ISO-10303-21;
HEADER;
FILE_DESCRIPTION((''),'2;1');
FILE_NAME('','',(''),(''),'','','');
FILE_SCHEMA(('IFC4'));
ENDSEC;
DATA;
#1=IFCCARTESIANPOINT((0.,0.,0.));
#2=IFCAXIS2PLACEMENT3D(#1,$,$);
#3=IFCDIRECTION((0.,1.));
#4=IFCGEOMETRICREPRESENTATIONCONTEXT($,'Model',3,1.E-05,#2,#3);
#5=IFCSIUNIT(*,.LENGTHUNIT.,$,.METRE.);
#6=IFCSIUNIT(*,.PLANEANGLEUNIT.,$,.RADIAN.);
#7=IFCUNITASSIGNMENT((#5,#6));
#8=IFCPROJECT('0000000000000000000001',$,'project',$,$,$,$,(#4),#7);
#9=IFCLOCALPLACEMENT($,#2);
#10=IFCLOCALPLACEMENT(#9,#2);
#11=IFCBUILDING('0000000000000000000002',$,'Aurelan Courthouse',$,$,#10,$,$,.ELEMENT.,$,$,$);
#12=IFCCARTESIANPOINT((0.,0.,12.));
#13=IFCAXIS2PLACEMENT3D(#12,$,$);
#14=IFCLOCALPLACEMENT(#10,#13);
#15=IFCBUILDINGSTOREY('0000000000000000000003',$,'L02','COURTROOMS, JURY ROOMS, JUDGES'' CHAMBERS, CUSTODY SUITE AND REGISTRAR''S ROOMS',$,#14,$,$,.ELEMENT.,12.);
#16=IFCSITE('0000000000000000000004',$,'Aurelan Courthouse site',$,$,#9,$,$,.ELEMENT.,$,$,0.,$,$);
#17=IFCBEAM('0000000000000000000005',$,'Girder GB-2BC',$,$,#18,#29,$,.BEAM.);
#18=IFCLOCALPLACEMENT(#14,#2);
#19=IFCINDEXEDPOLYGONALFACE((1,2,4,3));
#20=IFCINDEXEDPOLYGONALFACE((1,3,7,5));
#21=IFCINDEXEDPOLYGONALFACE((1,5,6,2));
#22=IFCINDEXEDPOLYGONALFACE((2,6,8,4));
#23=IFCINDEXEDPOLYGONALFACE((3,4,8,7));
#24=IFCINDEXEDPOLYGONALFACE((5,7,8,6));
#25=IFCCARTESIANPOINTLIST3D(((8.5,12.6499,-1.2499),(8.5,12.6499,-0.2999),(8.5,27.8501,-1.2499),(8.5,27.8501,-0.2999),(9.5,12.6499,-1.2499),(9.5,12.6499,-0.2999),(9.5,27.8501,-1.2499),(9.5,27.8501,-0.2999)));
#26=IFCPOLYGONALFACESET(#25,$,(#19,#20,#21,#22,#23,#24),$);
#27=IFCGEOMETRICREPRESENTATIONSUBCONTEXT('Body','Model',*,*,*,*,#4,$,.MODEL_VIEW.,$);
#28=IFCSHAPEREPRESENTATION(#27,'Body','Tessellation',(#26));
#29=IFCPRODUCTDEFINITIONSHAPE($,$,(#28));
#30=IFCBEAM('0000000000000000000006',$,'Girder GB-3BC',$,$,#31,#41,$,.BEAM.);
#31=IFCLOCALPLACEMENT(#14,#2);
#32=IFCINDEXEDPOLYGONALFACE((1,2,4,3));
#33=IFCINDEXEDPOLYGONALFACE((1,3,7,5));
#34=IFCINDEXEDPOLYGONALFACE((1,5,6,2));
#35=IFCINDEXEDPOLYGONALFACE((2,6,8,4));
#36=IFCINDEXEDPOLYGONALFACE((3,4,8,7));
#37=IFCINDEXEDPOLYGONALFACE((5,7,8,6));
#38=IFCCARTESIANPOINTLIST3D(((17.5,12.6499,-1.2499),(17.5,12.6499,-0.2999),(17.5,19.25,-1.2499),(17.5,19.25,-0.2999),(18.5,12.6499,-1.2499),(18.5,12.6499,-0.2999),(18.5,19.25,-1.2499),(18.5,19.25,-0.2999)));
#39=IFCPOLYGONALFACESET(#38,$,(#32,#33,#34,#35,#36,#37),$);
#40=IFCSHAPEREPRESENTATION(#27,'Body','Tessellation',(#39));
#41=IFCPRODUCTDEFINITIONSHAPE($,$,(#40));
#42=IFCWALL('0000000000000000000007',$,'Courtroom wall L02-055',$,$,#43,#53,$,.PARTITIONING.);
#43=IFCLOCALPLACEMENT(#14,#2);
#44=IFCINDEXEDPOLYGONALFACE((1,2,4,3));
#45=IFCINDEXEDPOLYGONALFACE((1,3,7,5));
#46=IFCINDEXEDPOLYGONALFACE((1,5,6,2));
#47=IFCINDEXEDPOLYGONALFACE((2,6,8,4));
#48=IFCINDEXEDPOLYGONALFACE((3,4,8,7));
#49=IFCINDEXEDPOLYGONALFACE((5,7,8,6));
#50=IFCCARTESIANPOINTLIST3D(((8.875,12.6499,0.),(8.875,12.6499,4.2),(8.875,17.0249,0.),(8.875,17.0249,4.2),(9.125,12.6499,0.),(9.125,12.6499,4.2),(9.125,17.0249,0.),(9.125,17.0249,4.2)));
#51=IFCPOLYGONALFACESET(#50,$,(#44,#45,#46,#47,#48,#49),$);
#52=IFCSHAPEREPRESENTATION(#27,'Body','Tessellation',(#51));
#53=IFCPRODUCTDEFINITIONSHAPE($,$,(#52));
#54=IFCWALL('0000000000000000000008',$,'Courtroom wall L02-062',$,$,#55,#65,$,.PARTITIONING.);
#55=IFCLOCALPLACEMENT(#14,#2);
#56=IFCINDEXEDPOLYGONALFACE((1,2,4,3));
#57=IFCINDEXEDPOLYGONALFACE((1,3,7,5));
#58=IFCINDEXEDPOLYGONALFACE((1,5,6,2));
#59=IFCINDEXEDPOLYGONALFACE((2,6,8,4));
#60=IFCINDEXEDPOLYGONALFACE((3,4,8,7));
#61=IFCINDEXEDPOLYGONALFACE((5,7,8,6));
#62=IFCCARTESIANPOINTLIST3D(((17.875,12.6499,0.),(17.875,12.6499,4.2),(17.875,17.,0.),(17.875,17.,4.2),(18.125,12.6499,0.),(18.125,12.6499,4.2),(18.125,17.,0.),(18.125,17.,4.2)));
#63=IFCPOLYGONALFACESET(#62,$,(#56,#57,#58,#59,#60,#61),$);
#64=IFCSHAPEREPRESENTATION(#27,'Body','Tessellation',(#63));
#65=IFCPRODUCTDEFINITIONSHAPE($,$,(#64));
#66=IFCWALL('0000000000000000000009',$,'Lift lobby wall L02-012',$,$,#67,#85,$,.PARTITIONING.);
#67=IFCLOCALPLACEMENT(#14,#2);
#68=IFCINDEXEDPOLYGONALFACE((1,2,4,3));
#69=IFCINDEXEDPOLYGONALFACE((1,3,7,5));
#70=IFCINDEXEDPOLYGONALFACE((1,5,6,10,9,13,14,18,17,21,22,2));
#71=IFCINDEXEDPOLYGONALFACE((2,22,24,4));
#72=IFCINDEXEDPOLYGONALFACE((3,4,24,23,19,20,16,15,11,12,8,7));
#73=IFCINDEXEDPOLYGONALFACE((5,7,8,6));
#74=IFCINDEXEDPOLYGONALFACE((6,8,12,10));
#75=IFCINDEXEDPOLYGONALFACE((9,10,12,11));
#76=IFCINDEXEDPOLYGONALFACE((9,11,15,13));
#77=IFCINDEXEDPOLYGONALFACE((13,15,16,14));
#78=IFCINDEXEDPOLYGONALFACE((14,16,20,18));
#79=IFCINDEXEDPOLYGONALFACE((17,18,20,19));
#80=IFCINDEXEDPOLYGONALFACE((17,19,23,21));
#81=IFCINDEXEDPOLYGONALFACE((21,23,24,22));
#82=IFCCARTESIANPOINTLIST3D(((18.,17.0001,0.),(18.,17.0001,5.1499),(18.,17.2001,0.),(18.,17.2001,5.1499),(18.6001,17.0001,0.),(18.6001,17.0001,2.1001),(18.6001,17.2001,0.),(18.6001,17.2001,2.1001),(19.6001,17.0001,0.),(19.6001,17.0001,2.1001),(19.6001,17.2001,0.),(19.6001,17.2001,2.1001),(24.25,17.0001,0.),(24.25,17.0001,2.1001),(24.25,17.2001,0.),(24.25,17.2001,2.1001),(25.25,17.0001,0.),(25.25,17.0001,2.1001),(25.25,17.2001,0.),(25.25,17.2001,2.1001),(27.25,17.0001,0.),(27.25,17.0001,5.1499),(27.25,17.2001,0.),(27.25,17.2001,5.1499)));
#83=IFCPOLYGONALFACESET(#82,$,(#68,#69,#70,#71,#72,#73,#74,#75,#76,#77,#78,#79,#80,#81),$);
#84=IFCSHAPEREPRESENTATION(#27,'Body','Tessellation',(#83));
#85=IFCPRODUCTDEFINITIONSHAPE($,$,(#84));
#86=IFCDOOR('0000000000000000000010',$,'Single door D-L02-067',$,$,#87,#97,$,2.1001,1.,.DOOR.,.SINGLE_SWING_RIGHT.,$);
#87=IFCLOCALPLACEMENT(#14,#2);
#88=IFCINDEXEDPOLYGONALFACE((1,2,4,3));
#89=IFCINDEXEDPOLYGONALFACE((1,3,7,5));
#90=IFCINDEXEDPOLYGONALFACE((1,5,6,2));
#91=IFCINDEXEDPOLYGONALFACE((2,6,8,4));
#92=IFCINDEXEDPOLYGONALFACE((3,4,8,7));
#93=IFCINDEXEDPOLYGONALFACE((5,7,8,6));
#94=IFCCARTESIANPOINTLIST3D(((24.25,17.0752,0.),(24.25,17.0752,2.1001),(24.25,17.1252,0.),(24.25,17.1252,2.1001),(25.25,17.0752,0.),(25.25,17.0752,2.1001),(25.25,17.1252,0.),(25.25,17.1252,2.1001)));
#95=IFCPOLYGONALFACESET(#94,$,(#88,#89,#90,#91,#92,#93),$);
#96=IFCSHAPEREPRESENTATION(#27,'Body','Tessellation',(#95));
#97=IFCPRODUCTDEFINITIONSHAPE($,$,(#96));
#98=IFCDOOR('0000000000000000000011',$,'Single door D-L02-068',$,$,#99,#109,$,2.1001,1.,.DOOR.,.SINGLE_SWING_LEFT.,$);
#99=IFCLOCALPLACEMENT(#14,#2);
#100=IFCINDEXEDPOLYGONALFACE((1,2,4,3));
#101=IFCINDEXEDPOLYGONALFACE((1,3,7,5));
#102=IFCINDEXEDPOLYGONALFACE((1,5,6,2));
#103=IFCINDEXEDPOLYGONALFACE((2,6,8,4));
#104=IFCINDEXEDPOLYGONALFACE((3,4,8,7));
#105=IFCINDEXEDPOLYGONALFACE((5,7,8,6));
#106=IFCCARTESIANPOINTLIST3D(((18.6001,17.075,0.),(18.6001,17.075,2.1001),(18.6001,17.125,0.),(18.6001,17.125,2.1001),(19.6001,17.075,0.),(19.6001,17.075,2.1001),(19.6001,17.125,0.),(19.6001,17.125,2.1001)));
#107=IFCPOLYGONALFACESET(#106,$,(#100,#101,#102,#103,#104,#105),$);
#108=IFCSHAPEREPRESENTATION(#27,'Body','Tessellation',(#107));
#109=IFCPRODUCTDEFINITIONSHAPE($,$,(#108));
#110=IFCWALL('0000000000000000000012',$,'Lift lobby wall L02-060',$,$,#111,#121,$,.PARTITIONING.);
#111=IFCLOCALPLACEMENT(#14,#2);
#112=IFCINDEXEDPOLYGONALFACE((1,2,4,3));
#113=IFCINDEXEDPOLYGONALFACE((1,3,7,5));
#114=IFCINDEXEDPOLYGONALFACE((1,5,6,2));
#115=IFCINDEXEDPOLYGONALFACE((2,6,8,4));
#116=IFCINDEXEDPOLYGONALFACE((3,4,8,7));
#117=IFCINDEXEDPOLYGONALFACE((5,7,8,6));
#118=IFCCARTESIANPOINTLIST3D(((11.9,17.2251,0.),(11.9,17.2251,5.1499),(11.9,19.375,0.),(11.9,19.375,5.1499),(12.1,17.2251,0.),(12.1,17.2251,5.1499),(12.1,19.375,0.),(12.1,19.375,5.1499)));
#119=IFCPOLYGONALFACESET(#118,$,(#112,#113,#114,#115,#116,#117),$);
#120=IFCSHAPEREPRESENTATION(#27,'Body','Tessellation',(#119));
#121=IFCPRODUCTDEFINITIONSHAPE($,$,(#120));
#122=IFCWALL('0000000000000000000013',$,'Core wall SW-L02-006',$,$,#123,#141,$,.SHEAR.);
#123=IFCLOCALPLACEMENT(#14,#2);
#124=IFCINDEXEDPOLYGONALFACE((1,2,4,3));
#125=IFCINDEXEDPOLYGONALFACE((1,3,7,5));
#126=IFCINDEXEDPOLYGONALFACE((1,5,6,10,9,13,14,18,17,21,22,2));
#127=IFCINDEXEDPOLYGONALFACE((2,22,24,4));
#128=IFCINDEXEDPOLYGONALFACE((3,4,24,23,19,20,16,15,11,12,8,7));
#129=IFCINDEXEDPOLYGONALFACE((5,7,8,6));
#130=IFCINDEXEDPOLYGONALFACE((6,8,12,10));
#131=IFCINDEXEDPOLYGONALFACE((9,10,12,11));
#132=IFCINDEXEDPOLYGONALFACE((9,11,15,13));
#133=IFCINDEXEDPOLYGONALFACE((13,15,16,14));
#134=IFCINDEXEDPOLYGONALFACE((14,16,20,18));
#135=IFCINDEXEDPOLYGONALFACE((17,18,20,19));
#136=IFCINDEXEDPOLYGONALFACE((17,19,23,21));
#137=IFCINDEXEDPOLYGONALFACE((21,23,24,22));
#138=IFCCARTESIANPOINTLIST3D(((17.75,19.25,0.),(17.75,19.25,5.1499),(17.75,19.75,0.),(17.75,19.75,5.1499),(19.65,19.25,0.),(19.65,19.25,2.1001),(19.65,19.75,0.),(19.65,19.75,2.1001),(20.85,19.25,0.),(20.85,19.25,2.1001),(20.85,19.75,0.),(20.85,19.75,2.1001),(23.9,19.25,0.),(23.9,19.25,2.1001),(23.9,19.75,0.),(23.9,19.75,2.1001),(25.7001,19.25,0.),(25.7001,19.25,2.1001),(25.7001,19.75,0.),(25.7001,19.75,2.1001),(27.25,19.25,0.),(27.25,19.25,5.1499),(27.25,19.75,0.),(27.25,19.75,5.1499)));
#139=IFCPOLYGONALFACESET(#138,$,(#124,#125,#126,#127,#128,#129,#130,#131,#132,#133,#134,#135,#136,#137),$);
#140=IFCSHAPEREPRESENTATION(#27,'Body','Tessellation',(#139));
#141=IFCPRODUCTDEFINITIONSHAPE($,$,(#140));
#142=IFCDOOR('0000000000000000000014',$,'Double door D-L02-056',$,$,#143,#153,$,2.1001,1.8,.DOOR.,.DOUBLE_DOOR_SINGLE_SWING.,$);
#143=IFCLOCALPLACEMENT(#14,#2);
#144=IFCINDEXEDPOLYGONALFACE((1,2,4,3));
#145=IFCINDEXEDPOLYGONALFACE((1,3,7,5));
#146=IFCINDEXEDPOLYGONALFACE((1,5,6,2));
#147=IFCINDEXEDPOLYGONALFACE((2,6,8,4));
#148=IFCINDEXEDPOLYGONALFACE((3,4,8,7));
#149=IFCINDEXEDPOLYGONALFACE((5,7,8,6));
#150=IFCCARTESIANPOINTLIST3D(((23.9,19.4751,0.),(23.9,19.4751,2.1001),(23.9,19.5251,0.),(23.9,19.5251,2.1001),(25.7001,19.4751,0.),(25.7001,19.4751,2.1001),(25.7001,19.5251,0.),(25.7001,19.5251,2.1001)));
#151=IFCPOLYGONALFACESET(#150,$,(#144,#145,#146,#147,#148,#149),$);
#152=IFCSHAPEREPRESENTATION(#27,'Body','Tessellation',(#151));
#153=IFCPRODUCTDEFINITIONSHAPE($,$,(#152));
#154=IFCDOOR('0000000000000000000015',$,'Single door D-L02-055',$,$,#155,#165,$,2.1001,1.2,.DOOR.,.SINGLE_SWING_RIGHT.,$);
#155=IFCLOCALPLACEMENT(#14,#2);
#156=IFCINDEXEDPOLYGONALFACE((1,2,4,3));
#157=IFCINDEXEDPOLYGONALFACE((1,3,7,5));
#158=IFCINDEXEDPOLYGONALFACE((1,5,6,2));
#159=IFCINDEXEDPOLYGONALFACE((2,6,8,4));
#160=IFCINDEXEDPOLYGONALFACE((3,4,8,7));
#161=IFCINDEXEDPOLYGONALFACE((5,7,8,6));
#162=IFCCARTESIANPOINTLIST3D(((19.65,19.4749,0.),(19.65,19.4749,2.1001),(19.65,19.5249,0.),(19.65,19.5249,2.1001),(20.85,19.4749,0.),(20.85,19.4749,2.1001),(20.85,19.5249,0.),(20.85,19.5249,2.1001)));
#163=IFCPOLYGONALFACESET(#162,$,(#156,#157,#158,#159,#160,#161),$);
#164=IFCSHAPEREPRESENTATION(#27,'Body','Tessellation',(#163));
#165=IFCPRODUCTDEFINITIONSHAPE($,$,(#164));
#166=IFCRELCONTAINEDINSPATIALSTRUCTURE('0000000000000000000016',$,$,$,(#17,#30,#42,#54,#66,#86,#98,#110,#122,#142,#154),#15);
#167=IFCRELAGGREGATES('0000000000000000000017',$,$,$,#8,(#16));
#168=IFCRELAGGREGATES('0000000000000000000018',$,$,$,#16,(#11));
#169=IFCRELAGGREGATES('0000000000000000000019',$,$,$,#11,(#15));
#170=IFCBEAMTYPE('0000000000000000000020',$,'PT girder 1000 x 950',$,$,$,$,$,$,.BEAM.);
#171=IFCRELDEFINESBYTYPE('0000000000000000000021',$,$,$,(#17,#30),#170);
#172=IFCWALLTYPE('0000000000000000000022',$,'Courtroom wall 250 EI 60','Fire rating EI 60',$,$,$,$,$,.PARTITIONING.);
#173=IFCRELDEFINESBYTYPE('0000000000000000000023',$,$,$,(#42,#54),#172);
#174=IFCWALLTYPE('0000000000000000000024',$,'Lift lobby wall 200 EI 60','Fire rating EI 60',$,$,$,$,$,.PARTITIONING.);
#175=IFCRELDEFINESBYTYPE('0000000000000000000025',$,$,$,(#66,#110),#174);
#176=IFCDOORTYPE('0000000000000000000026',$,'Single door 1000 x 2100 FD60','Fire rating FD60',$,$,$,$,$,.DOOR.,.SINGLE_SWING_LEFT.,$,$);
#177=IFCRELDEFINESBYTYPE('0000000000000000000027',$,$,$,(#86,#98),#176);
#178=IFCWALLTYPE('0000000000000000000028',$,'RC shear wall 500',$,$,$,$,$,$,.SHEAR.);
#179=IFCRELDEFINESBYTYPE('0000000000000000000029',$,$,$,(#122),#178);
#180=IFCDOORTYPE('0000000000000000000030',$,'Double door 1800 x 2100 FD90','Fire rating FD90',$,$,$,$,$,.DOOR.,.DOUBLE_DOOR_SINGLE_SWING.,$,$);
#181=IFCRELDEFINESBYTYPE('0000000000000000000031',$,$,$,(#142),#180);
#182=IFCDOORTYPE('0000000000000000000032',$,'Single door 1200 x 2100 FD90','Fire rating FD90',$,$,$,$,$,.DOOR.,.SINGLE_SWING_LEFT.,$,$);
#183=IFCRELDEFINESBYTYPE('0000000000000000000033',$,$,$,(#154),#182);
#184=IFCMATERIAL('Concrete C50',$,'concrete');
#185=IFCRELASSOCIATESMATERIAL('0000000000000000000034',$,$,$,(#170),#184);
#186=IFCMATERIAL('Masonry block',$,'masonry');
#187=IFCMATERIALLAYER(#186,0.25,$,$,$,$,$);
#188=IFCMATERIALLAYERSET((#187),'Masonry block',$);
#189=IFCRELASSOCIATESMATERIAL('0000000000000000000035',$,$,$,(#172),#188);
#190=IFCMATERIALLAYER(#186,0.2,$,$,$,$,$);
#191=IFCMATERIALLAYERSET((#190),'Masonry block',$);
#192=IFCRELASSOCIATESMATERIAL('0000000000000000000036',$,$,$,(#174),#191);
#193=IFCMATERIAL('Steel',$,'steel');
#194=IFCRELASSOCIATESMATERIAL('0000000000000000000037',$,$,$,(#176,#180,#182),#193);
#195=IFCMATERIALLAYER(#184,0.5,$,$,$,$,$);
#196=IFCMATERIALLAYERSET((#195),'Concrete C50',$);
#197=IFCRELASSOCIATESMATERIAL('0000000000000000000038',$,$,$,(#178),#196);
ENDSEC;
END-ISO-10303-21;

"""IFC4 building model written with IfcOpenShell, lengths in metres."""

from ifc_helpers import new_model, si_unit, direction, frame, frame_2d, origin, origin_2d, place, context, subcontext, project, spatial, rectangle, extrude, material, layer, layer_set, material_profile, profile_set, type_object, element, fill, save


model = new_model("IFC4")

# Units and contexts
model_context = context("Model", 3, precision=1e-05, world=origin(), true_north=direction((0.0, 1.0)))
body_context = subcontext(model_context, "Body", "Model", "MODEL_VIEW")
ifc_project = project(units=[si_unit("LENGTHUNIT", "METRE"), si_unit("PLANEANGLEUNIT", "RADIAN")], contexts=[model_context])

# Site, building, storey
site_placement = place(None, origin())
site = spatial("IfcSite", under=ifc_project, at=site_placement, Name="Aurelan Courthouse site", CompositionType="ELEMENT", RefElevation=0.0)
building_placement = place(site_placement, origin())
building = spatial("IfcBuilding", under=site, at=building_placement, Name="Aurelan Courthouse", CompositionType="ELEMENT")
storey_placement = place(building_placement, frame((0.0, 0.0, 12.0)))
storey = spatial("IfcBuildingStorey", under=building, at=storey_placement, Name="L02", Description="COURTROOMS, JURY ROOMS, JUDGES' CHAMBERS, CUSTODY SUITE AND REGISTRAR'S ROOMS", CompositionType="ELEMENT", Elevation=12.0)

# Beams
ifc_material_1 = material(Name="Concrete C50", Category="concrete")
ifc_material_profile = material_profile(ifc_material_1, rectangle(XDim=1.0, YDim=0.95, at=origin_2d()), Name="RC 1000 x 950")
ifc_profile_set = profile_set([ifc_material_profile], Name="Concrete C50")
beam_type = type_object("IfcBeamType", Name="PT girder 1000 x 950", PredefinedType="BEAM", material=ifc_profile_set)
beam_1_placement = place(storey_placement, frame((9.0, 12.6499, -0.7749), z_axis=(0.0, 1.0, 0.0), x_axis=(-1.0, 0.0, 0.0)))
element("IfcBeam", 1, at=beam_1_placement, inside=storey, type_object=beam_type, Name="Girder GB-2BC", PredefinedType="BEAM", context=body_context, shape_type="SweptSolid", body=[
    extrude(rectangle(XDim=1.0, YDim=0.95, at=origin_2d()), origin(), (0.0, 0.0, 1.0), 15.2002),
])
beam_2_placement = place(storey_placement, frame((18.0, 12.6499, -0.7749), z_axis=(0.0, 1.0, 0.0), x_axis=(-1.0, 0.0, 0.0)))
element("IfcBeam", 2, at=beam_2_placement, inside=storey, type_object=beam_type, Name="Girder GB-3BC", PredefinedType="BEAM", context=body_context, shape_type="SweptSolid", body=[
    extrude(rectangle(XDim=1.0, YDim=0.95, at=origin_2d()), origin(), (0.0, 0.0, 1.0), 6.6001),
])

# Shared definitions
ifc_material_2 = material(Name="Masonry block", Category="masonry")
ifc_layer_1 = layer(ifc_material_2, 0.25)
ifc_layer_set_1 = layer_set([ifc_layer_1], Name="Masonry block")
wall_type_1 = type_object("IfcWallType", Name="Courtroom wall 250 EI 60", Description="Fire rating EI 60", PredefinedType="PARTITIONING", material=ifc_layer_set_1)
ifc_material_3 = material(Name="Steel", Category="steel")

# Walls
wall_1_placement = place(storey_placement, frame((9.0, 12.6499, 0.0), z_axis=(0.0, 0.0, 1.0), x_axis=(0.0, 1.0, 0.0)))
element("IfcWall", 3, at=wall_1_placement, inside=storey, type_object=wall_type_1, Name="Courtroom wall L02-055", PredefinedType="PARTITIONING", context=body_context, shape_type="SweptSolid", body=[
    extrude(rectangle(XDim=4.375, YDim=0.25, at=frame_2d((2.1875, 0.0))), origin(), (0.0, 0.0, 1.0), 4.2),
])
wall_2_placement = place(storey_placement, frame((18.0, 12.6499, 0.0), z_axis=(0.0, 0.0, 1.0), x_axis=(0.0, 1.0, 0.0)))
element("IfcWall", 4, at=wall_2_placement, inside=storey, type_object=wall_type_1, Name="Courtroom wall L02-062", PredefinedType="PARTITIONING", context=body_context, shape_type="SweptSolid", body=[
    extrude(rectangle(XDim=4.3501, YDim=0.25, at=frame_2d((2.175, 0.0))), origin(), (0.0, 0.0, 1.0), 4.2),
])

# Wall, openings, doors
ifc_layer_2 = layer(ifc_material_2, 0.2)
ifc_layer_set_2 = layer_set([ifc_layer_2], Name="Masonry block")
wall_type_2 = type_object("IfcWallType", Name="Lift lobby wall 200 EI 60", Description="Fire rating EI 60", PredefinedType="PARTITIONING", material=ifc_layer_set_2)
wall_3_placement = place(storey_placement, frame((18.0, 17.1001, 0.0), z_axis=(0.0, 0.0, 1.0), x_axis=(1.0, 0.0, 0.0)))
wall_3 = element("IfcWall", 5, at=wall_3_placement, inside=storey, type_object=wall_type_2, Name="Lift lobby wall L02-012", PredefinedType="PARTITIONING", context=body_context, shape_type="SweptSolid", body=[
    extrude(rectangle(XDim=9.25, YDim=0.2, at=frame_2d((4.625, 0.0))), origin(), (0.0, 0.0, 1.0), 5.1499),
])
opening_1_placement = place(wall_3_placement, frame((7.25, 0.0, 0.0), z_axis=(0.0, 0.0, 1.0), x_axis=(-1.0, 0.0, 0.0)))
opening_1 = element("IfcOpeningElement", 6, at=opening_1_placement, cuts=wall_3, PredefinedType="OPENING", context=body_context, shape_type="SweptSolid", body=[
    extrude(rectangle(XDim=1.0, YDim=2.1001, at=frame_2d((0.5, 1.05))), frame((0.0, 0.1099, 0.0), z_axis=(0.0, -1.0, 0.0), x_axis=(1.0, 0.0, 0.0)), (0.0, 0.0, 1.0), 0.22),
])
opening_2_placement = place(wall_3_placement, frame((0.6001, 0.0, 0.0)))
opening_2 = element("IfcOpeningElement", 7, at=opening_2_placement, cuts=wall_3, PredefinedType="OPENING", context=body_context, shape_type="SweptSolid", body=[
    extrude(rectangle(XDim=1.0, YDim=2.1001, at=frame_2d((0.5, 1.05))), frame((0.0, 0.1099, 0.0), z_axis=(0.0, -1.0, 0.0), x_axis=(1.0, 0.0, 0.0)), (0.0, 0.0, 1.0), 0.22),
])
door_type_1 = type_object("IfcDoorType", Name="Single door 1000 x 2100 FD60", Description="Fire rating FD60", OperationType="SINGLE_SWING_LEFT", PredefinedType="DOOR", material=ifc_material_3)
door_1_placement = place(opening_1_placement, origin())
door_1 = element("IfcDoor", 8, at=door_1_placement, inside=storey, type_object=door_type_1, Name="Single door D-L02-067", OperationType="SINGLE_SWING_RIGHT", OverallHeight=2.1001, OverallWidth=1.0, PredefinedType="DOOR", context=body_context, shape_type="SweptSolid", body=[
    extrude(rectangle(XDim=1.0, YDim=2.1001, at=frame_2d((0.5, 1.05))), frame((0.0, 0.0249, 0.0), z_axis=(0.0, -1.0, 0.0), x_axis=(1.0, 0.0, 0.0)), (0.0, 0.0, 1.0), 0.05),
])
fill(opening_1, door_1)
door_2_placement = place(opening_2_placement, origin())
door_2 = element("IfcDoor", 9, at=door_2_placement, inside=storey, type_object=door_type_1, Name="Single door D-L02-068", OperationType="SINGLE_SWING_LEFT", OverallHeight=2.1001, OverallWidth=1.0, PredefinedType="DOOR", context=body_context, shape_type="SweptSolid", body=[
    extrude(rectangle(XDim=1.0, YDim=2.1001, at=frame_2d((0.5, 1.05))), frame((0.0, 0.0249, 0.0), z_axis=(0.0, -1.0, 0.0), x_axis=(1.0, 0.0, 0.0)), (0.0, 0.0, 1.0), 0.05),
])
fill(opening_2, door_2)

# Wall
wall_4_placement = place(storey_placement, frame((12.0, 17.2251, 0.0), z_axis=(0.0, 0.0, 1.0), x_axis=(0.0, 1.0, 0.0)))
element("IfcWall", 10, at=wall_4_placement, inside=storey, type_object=wall_type_2, Name="Lift lobby wall L02-060", PredefinedType="PARTITIONING", context=body_context, shape_type="SweptSolid", body=[
    extrude(rectangle(XDim=2.1499, YDim=0.2, at=frame_2d((1.075, 0.0))), origin(), (0.0, 0.0, 1.0), 5.1499),
])

# Wall, openings, doors
ifc_layer_3 = layer(ifc_material_1, 0.5)
ifc_layer_set_3 = layer_set([ifc_layer_3], Name="Concrete C50")
wall_type_3 = type_object("IfcWallType", Name="RC shear wall 500", PredefinedType="SHEAR", material=ifc_layer_set_3)
wall_5_placement = place(storey_placement, frame((17.75, 19.5, 0.0), z_axis=(0.0, 0.0, 1.0), x_axis=(1.0, 0.0, 0.0)))
wall_5 = element("IfcWall", 11, at=wall_5_placement, inside=storey, type_object=wall_type_3, Name="Core wall SW-L02-006", PredefinedType="SHEAR", context=body_context, shape_type="SweptSolid", body=[
    extrude(rectangle(XDim=9.5, YDim=0.5, at=frame_2d((4.75, 0.0))), origin(), (0.0, 0.0, 1.0), 5.1499),
])
opening_3_placement = place(wall_5_placement, frame((1.8999, 0.0, 0.0)))
opening_3 = element("IfcOpeningElement", 12, at=opening_3_placement, cuts=wall_5, PredefinedType="OPENING", context=body_context, shape_type="SweptSolid", body=[
    extrude(rectangle(XDim=1.2, YDim=2.1001, at=frame_2d((0.6001, 1.05))), frame((0.0, 0.26, 0.0), z_axis=(0.0, -1.0, 0.0), x_axis=(1.0, 0.0, 0.0)), (0.0, 0.0, 1.0), 0.52),
])
opening_4_placement = place(wall_5_placement, frame((7.95, 0.0, 0.0), z_axis=(0.0, 0.0, 1.0), x_axis=(-1.0, 0.0, 0.0)))
opening_4 = element("IfcOpeningElement", 13, at=opening_4_placement, cuts=wall_5, PredefinedType="OPENING", context=body_context, shape_type="SweptSolid", body=[
    extrude(rectangle(XDim=1.8, YDim=2.1001, at=frame_2d((0.8999, 1.05))), frame((0.0, 0.26, 0.0), z_axis=(0.0, -1.0, 0.0), x_axis=(1.0, 0.0, 0.0)), (0.0, 0.0, 1.0), 0.52),
])
door_type_2 = type_object("IfcDoorType", Name="Double door 1800 x 2100 FD90", Description="Fire rating FD90", OperationType="DOUBLE_DOOR_SINGLE_SWING", PredefinedType="DOOR", material=ifc_material_3)
door_3_placement = place(opening_4_placement, origin())
door_3 = element("IfcDoor", 14, at=door_3_placement, inside=storey, type_object=door_type_2, Name="Double door D-L02-056", OperationType="DOUBLE_DOOR_SINGLE_SWING", OverallHeight=2.1001, OverallWidth=1.8, PredefinedType="DOOR", context=body_context, shape_type="SweptSolid", body=[
    extrude(rectangle(XDim=1.8, YDim=2.1001, at=frame_2d((0.8999, 1.05))), frame((0.0, 0.0249, 0.0), z_axis=(0.0, -1.0, 0.0), x_axis=(1.0, 0.0, 0.0)), (0.0, 0.0, 1.0), 0.05),
])
fill(opening_4, door_3)
door_type_3 = type_object("IfcDoorType", Name="Single door 1200 x 2100 FD90", Description="Fire rating FD90", OperationType="SINGLE_SWING_LEFT", PredefinedType="DOOR", material=ifc_material_3)
door_4_placement = place(opening_3_placement, origin())
door_4 = element("IfcDoor", 15, at=door_4_placement, inside=storey, type_object=door_type_3, Name="Single door D-L02-055", OperationType="SINGLE_SWING_RIGHT", OverallHeight=2.1001, OverallWidth=1.2, PredefinedType="DOOR", context=body_context, shape_type="SweptSolid", body=[
    extrude(rectangle(XDim=1.2, YDim=2.1001, at=frame_2d((0.6001, 1.05))), frame((0.0, 0.0249, 0.0), z_axis=(0.0, -1.0, 0.0), x_axis=(1.0, 0.0, 0.0)), (0.0, 0.0, 1.0), 0.05),
])
fill(opening_3, door_4)

save(model, "model.ifc")
